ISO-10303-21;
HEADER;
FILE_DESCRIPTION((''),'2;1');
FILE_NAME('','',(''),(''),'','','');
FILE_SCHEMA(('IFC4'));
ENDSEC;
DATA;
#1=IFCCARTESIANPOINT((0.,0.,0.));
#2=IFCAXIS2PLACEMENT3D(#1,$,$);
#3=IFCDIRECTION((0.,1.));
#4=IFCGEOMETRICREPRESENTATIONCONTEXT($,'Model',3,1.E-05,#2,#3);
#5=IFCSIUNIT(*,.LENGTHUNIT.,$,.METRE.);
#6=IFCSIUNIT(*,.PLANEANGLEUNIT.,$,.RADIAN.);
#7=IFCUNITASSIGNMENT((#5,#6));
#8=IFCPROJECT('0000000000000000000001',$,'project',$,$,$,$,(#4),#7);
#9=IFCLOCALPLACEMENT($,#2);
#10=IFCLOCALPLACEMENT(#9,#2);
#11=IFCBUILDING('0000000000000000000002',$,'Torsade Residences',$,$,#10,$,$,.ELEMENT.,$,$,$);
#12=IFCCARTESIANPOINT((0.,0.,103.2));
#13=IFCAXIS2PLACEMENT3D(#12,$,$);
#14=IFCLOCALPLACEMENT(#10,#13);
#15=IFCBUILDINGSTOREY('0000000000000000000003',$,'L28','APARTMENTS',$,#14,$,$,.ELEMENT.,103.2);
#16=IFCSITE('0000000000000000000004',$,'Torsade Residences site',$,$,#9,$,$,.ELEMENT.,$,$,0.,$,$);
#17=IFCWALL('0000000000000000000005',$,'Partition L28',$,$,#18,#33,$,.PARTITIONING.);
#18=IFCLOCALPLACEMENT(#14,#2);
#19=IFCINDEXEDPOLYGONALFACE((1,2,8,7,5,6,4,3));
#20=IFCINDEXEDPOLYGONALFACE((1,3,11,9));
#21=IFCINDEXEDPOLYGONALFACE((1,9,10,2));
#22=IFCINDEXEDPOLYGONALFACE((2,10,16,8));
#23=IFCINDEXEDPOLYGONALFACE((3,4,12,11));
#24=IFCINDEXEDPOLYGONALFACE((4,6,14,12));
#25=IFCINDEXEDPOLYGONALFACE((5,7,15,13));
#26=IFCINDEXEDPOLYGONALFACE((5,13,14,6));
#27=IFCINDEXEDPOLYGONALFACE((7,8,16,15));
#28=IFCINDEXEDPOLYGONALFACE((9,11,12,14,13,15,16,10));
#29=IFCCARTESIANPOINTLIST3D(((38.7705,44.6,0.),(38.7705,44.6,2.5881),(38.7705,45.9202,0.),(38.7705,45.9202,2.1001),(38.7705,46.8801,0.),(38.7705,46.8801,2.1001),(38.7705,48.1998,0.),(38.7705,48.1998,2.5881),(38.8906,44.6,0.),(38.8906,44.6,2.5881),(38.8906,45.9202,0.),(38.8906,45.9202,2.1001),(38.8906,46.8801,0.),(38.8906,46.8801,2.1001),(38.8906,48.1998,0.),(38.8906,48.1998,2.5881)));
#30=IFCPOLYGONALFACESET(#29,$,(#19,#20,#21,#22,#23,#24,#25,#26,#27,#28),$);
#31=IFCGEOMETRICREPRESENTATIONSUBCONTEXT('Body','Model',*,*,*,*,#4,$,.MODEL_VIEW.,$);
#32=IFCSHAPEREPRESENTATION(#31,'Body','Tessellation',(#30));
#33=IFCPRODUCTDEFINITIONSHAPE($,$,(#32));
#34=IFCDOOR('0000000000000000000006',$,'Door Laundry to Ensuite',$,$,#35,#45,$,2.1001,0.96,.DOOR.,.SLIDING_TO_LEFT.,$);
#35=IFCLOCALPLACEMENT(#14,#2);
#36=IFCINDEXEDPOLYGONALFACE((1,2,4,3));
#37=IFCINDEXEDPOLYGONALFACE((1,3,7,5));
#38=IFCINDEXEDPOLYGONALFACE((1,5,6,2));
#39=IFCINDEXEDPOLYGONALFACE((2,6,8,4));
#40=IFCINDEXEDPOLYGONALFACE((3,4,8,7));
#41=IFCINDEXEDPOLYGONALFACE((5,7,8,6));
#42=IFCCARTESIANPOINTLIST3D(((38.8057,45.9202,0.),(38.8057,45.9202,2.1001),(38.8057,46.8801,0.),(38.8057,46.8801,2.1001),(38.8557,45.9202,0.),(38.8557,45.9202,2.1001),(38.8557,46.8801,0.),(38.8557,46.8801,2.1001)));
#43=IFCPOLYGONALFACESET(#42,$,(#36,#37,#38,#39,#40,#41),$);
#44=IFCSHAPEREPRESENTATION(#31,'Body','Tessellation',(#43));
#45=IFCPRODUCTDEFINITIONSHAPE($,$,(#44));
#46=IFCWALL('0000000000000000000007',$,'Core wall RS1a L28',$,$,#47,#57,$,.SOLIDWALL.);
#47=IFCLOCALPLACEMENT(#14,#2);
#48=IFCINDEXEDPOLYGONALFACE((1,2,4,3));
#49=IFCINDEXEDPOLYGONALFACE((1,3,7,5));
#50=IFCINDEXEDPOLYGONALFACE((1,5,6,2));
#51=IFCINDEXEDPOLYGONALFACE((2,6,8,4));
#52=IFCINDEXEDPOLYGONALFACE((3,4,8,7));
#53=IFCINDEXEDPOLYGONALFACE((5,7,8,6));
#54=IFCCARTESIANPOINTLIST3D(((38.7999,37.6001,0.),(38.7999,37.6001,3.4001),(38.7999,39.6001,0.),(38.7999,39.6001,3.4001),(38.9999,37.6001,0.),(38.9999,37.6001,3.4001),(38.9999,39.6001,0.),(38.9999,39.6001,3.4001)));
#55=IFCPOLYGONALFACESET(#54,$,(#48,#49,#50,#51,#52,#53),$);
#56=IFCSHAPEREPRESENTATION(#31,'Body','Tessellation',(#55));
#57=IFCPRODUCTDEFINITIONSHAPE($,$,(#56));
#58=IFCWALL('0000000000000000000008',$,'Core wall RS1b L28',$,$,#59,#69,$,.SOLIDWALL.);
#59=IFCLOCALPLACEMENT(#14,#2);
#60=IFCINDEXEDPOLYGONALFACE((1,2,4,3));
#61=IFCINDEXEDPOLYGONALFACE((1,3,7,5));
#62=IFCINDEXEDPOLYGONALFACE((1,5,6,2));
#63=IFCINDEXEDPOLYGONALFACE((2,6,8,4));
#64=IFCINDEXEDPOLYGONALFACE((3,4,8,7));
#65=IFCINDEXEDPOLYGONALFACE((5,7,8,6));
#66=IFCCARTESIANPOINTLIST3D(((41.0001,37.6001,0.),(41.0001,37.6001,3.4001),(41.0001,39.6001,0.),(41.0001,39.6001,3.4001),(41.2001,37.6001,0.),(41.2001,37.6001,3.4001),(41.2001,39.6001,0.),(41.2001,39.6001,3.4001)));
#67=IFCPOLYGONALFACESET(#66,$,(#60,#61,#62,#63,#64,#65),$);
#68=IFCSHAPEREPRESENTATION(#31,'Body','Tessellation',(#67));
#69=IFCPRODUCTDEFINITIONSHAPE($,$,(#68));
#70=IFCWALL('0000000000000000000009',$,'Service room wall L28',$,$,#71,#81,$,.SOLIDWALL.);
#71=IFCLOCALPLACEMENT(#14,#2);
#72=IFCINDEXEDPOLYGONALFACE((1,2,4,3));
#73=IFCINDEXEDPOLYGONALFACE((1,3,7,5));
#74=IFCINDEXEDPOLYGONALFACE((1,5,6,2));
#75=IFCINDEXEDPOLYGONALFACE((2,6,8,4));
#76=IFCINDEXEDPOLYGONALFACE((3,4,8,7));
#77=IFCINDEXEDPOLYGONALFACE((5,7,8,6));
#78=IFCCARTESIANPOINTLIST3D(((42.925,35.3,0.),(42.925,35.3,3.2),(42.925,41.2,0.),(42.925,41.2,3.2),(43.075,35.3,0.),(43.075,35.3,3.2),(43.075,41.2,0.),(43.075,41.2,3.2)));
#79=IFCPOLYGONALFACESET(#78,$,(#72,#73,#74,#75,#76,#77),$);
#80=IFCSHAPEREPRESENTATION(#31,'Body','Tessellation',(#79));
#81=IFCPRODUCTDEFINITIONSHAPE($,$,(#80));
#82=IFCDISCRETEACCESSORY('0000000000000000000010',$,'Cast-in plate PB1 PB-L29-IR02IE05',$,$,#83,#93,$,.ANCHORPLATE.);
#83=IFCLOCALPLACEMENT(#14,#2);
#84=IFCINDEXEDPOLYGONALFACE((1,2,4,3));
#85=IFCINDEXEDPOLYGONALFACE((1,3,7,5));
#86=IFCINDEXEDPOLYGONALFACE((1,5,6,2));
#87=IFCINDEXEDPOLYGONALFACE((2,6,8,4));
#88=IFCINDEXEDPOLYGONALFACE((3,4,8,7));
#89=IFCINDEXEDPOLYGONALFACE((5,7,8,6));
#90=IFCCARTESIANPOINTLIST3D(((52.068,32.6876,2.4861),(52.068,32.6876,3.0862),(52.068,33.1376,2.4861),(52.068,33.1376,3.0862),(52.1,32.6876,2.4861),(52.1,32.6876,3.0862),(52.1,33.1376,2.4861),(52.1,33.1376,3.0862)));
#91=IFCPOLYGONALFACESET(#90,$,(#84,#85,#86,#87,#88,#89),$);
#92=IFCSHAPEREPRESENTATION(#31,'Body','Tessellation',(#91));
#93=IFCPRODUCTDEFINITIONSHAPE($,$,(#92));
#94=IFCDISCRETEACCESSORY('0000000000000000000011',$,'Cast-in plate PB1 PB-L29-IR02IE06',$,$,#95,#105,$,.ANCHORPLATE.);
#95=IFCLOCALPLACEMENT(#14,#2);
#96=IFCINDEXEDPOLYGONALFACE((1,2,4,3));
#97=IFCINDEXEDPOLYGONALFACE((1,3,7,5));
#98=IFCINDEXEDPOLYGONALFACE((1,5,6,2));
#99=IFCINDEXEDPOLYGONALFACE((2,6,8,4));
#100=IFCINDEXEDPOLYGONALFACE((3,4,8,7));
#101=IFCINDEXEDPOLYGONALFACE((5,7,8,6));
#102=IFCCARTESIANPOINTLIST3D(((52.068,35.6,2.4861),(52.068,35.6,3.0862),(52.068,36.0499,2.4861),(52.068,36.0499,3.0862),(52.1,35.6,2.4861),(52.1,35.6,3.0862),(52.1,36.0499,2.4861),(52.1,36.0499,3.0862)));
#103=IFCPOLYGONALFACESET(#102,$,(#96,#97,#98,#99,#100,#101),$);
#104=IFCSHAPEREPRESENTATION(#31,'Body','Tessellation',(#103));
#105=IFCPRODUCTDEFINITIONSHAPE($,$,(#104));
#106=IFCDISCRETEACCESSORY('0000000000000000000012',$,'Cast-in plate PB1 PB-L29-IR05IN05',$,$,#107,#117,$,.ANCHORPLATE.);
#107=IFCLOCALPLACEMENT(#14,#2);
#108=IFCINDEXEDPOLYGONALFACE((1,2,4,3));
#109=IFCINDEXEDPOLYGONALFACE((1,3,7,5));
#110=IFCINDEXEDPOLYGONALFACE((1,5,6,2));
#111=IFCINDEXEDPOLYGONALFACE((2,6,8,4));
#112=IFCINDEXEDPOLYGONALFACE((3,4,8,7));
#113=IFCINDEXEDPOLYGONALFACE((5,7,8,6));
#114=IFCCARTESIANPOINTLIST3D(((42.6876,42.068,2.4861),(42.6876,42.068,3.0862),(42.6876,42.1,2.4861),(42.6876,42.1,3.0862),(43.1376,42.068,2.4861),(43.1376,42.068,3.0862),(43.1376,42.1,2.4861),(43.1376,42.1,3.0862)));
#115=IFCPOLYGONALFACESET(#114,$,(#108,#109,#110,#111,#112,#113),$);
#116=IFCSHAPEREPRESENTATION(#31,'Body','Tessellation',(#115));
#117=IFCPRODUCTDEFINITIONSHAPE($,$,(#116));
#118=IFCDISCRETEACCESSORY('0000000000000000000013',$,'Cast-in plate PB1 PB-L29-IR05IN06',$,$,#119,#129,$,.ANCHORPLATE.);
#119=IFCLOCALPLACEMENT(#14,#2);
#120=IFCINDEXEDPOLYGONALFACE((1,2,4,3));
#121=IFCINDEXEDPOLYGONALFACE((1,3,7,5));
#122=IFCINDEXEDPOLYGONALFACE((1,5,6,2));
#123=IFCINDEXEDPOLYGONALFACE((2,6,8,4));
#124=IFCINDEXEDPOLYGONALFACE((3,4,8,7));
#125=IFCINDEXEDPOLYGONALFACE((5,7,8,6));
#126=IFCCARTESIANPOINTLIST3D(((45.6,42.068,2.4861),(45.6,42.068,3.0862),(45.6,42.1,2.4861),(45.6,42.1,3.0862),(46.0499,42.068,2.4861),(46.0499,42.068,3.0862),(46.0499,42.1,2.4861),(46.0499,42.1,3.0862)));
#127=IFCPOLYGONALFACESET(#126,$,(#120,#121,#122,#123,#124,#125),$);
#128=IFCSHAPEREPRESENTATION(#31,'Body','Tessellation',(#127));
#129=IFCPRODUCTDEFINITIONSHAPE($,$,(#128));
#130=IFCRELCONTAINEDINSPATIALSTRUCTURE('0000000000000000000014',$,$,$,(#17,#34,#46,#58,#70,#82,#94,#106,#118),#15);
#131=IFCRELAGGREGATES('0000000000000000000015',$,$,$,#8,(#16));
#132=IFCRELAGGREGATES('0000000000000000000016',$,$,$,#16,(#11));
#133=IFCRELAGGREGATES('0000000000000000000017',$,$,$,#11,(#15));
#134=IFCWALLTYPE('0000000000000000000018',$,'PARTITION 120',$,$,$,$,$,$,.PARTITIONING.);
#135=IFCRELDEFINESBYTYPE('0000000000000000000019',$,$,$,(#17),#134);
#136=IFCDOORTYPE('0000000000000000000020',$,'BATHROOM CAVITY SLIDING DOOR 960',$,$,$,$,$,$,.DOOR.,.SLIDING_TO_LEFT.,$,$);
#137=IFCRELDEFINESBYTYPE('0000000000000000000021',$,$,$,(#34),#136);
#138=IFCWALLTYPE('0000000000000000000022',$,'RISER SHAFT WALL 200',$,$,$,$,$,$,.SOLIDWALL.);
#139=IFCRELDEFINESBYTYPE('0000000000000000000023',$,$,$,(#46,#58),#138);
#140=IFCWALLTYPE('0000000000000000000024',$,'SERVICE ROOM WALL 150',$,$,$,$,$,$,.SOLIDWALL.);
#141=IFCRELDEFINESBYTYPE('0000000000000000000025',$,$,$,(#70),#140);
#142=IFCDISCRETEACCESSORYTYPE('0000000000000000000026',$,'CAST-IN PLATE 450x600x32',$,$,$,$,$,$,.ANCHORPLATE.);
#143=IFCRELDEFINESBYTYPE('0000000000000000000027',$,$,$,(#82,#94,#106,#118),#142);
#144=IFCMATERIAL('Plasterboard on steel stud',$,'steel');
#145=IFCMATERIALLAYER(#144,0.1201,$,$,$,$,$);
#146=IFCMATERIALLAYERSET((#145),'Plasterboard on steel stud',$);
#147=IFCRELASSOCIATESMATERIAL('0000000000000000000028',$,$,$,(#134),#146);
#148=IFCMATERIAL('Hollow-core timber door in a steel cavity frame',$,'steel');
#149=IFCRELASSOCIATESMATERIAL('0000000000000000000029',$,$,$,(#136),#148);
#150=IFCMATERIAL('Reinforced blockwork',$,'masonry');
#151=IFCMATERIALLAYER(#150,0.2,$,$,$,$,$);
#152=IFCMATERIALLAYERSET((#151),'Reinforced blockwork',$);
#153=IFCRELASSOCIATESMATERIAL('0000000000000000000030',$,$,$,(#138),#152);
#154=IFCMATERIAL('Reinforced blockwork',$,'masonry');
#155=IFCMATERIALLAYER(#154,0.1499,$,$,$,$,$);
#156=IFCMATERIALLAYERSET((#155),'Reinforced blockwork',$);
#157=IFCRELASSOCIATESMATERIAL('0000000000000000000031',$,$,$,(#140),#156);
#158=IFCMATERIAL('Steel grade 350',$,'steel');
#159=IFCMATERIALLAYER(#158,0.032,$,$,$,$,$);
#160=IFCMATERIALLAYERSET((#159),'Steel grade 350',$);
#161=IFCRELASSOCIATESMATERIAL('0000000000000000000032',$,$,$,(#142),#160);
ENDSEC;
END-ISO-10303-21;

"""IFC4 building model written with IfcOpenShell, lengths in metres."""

from ifc_helpers import new_model, si_unit, direction, frame, frame_2d, origin, origin_2d, place, context, subcontext, project, spatial, rectangle, extrude, material, layer, layer_set, type_object, element, fill, save


model = new_model("IFC4")

# Units and contexts
model_context = context("Model", 3, precision=1e-05, world=origin(), true_north=direction((0.0, 1.0)))
body_context = subcontext(model_context, "Body", "Model", "MODEL_VIEW")
ifc_project = project(units=[si_unit("LENGTHUNIT", "METRE"), si_unit("PLANEANGLEUNIT", "RADIAN")], contexts=[model_context])

# Site, building, storey
site_placement = place(None, origin())
site = spatial("IfcSite", under=ifc_project, at=site_placement, Name="Torsade Residences site", CompositionType="ELEMENT", RefElevation=0.0)
building_placement = place(site_placement, origin())
building = spatial("IfcBuilding", under=site, at=building_placement, Name="Torsade Residences", CompositionType="ELEMENT")
storey_placement = place(building_placement, frame((0.0, 0.0, 103.2)))
storey = spatial("IfcBuildingStorey", under=building, at=storey_placement, Name="L28", Description="APARTMENTS", CompositionType="ELEMENT", Elevation=103.2)

# Wall, opening, door
ifc_material_1 = material(Name="Plasterboard on steel stud", Category="steel")
ifc_layer_1 = layer(ifc_material_1, 0.1201)
ifc_layer_set_1 = layer_set([ifc_layer_1], Name="Plasterboard on steel stud")
wall_type_1 = type_object("IfcWallType", Name="PARTITION 120", PredefinedType="PARTITIONING", material=ifc_layer_set_1)
ifc_material_2 = material(Name="Hollow-core timber door in a steel cavity frame", Category="steel")
door_type = type_object("IfcDoorType", Name="BATHROOM CAVITY SLIDING DOOR 960", OperationType="SLIDING_TO_LEFT", PredefinedType="DOOR", material=ifc_material_2)
wall_1_placement = place(storey_placement, frame((38.8306, 44.6001, 0.0), z_axis=(0.0, 0.0, 1.0), x_axis=(0.0, 1.0, 0.0)))
wall_1 = element("IfcWall", 1, at=wall_1_placement, inside=storey, type_object=wall_type_1, Name="Partition L28", PredefinedType="PARTITIONING", context=body_context, shape_type="SweptSolid", body=[
    extrude(rectangle(XDim=3.5999, YDim=0.1201, at=frame_2d((1.7998, 0.0))), origin(), (0.0, 0.0, 1.0), 2.5881),
])
opening_1_placement = place(wall_1_placement, frame((1.3201, 0.0, 0.0)))
opening_1 = element("IfcOpeningElement", 2, at=opening_1_placement, cuts=wall_1, PredefinedType="OPENING", context=body_context, shape_type="SweptSolid", body=[
    extrude(rectangle(XDim=0.96, YDim=2.1001, at=frame_2d((0.48, 1.05))), frame((0.0, 0.0701, 0.0), z_axis=(0.0, -1.0, 0.0), x_axis=(1.0, 0.0, 0.0)), (0.0, 0.0, 1.0), 0.1401),
])
door_1_placement = place(opening_1_placement, origin())
door_1 = element("IfcDoor", 3, at=door_1_placement, inside=storey, type_object=door_type, Name="Door Laundry to Ensuite", OperationType="SLIDING_TO_LEFT", OverallHeight=2.1001, OverallWidth=0.96, PredefinedType="DOOR", context=body_context, shape_type="SweptSolid", body=[
    extrude(rectangle(XDim=0.96, YDim=2.1001, at=frame_2d((0.48, 1.05))), frame((0.0, 0.0249, 0.0), z_axis=(0.0, -1.0, 0.0), x_axis=(1.0, 0.0, 0.0)), (0.0, 0.0, 1.0), 0.05),
])
fill(opening_1, door_1)

# Walls
ifc_material_3 = material(Name="Reinforced blockwork", Category="masonry")
ifc_layer_2 = layer(ifc_material_3, 0.2)
ifc_layer_set_2 = layer_set([ifc_layer_2], Name="Reinforced blockwork")
wall_type_2 = type_object("IfcWallType", Name="RISER SHAFT WALL 200", PredefinedType="SOLIDWALL", material=ifc_layer_set_2)
for number, where, z_axis, x_axis, name in (
    (4, (38.8999, 37.6001, 0.0), (0.0, 0.0, 1.0), (0.0, 1.0, 0.0), "Core wall RS1a L28"),
    (5, (41.1001, 37.6001, 0.0), (0.0, 0.0, 1.0), (0.0, 1.0, 0.0), "Core wall RS1b L28"),
):
    element("IfcWall", number, at=place(storey_placement, frame(where, z_axis=z_axis, x_axis=x_axis)), inside=storey, type_object=wall_type_2, Name=name, PredefinedType="SOLIDWALL", context=body_context, shape_type="SweptSolid", body=[
        extrude(rectangle(XDim=2.0, YDim=0.2, at=frame_2d((1.0, 0.0))), origin(), (0.0, 0.0, 1.0), 3.4001),
    ])
ifc_material_4 = material(Name="Reinforced blockwork", Category="masonry")
ifc_layer_3 = layer(ifc_material_4, 0.1499)
ifc_layer_set_3 = layer_set([ifc_layer_3], Name="Reinforced blockwork")
wall_type_3 = type_object("IfcWallType", Name="SERVICE ROOM WALL 150", PredefinedType="SOLIDWALL", material=ifc_layer_set_3)
wall_2_placement = place(storey_placement, frame((43.0, 41.2, 0.0), z_axis=(0.0, 0.0, 1.0), x_axis=(0.0, -1.0, 0.0)))
element("IfcWall", 6, at=wall_2_placement, inside=storey, type_object=wall_type_3, Name="Service room wall L28", PredefinedType="SOLIDWALL", context=body_context, shape_type="SweptSolid", body=[
    extrude(rectangle(XDim=5.8999, YDim=0.1499, at=frame_2d((2.95, 0.0))), origin(), (0.0, 0.0, 1.0), 3.2),
])

# Discrete accessories
ifc_material_5 = material(Name="Steel grade 350", Category="steel")
ifc_layer_4 = layer(ifc_material_5, 0.032)
ifc_layer_set_4 = layer_set([ifc_layer_4], Name="Steel grade 350")
discrete_accessory_type = type_object("IfcDiscreteAccessoryType", Name="CAST-IN PLATE 450x600x32", PredefinedType="ANCHORPLATE", material=ifc_layer_set_4)
for number, where, z_axis, x_axis, name in (
    (7, (52.084, 32.9126, 2.4861), (0.0, 0.0, 1.0), (1.0, 0.0, 0.0), "Cast-in plate PB1 PB-L29-IR02IE05"),
    (8, (52.084, 35.825, 2.4861), (0.0, 0.0, 1.0), (1.0, 0.0, 0.0), "Cast-in plate PB1 PB-L29-IR02IE06"),
):
    element("IfcDiscreteAccessory", number, at=place(storey_placement, frame(where, z_axis=z_axis, x_axis=x_axis)), inside=storey, type_object=discrete_accessory_type, Name=name, PredefinedType="ANCHORPLATE", context=body_context, shape_type="SweptSolid", body=[
        extrude(rectangle(XDim=0.032, YDim=0.45, at=origin_2d()), origin(), (0.0, 0.0, 1.0), 0.6001),
    ])
for number, where, z_axis, x_axis, name in (
    (9, (42.9126, 42.084, 2.4861), (0.0, 0.0, 1.0), (1.0, 0.0, 0.0), "Cast-in plate PB1 PB-L29-IR05IN05"),
    (10, (45.825, 42.084, 2.4861), (0.0, 0.0, 1.0), (1.0, 0.0, 0.0), "Cast-in plate PB1 PB-L29-IR05IN06"),
):
    element("IfcDiscreteAccessory", number, at=place(storey_placement, frame(where, z_axis=z_axis, x_axis=x_axis)), inside=storey, type_object=discrete_accessory_type, Name=name, PredefinedType="ANCHORPLATE", context=body_context, shape_type="SweptSolid", body=[
        extrude(rectangle(XDim=0.45, YDim=0.032, at=origin_2d()), origin(), (0.0, 0.0, 1.0), 0.6001),
    ])

save(model, "model.ifc")
